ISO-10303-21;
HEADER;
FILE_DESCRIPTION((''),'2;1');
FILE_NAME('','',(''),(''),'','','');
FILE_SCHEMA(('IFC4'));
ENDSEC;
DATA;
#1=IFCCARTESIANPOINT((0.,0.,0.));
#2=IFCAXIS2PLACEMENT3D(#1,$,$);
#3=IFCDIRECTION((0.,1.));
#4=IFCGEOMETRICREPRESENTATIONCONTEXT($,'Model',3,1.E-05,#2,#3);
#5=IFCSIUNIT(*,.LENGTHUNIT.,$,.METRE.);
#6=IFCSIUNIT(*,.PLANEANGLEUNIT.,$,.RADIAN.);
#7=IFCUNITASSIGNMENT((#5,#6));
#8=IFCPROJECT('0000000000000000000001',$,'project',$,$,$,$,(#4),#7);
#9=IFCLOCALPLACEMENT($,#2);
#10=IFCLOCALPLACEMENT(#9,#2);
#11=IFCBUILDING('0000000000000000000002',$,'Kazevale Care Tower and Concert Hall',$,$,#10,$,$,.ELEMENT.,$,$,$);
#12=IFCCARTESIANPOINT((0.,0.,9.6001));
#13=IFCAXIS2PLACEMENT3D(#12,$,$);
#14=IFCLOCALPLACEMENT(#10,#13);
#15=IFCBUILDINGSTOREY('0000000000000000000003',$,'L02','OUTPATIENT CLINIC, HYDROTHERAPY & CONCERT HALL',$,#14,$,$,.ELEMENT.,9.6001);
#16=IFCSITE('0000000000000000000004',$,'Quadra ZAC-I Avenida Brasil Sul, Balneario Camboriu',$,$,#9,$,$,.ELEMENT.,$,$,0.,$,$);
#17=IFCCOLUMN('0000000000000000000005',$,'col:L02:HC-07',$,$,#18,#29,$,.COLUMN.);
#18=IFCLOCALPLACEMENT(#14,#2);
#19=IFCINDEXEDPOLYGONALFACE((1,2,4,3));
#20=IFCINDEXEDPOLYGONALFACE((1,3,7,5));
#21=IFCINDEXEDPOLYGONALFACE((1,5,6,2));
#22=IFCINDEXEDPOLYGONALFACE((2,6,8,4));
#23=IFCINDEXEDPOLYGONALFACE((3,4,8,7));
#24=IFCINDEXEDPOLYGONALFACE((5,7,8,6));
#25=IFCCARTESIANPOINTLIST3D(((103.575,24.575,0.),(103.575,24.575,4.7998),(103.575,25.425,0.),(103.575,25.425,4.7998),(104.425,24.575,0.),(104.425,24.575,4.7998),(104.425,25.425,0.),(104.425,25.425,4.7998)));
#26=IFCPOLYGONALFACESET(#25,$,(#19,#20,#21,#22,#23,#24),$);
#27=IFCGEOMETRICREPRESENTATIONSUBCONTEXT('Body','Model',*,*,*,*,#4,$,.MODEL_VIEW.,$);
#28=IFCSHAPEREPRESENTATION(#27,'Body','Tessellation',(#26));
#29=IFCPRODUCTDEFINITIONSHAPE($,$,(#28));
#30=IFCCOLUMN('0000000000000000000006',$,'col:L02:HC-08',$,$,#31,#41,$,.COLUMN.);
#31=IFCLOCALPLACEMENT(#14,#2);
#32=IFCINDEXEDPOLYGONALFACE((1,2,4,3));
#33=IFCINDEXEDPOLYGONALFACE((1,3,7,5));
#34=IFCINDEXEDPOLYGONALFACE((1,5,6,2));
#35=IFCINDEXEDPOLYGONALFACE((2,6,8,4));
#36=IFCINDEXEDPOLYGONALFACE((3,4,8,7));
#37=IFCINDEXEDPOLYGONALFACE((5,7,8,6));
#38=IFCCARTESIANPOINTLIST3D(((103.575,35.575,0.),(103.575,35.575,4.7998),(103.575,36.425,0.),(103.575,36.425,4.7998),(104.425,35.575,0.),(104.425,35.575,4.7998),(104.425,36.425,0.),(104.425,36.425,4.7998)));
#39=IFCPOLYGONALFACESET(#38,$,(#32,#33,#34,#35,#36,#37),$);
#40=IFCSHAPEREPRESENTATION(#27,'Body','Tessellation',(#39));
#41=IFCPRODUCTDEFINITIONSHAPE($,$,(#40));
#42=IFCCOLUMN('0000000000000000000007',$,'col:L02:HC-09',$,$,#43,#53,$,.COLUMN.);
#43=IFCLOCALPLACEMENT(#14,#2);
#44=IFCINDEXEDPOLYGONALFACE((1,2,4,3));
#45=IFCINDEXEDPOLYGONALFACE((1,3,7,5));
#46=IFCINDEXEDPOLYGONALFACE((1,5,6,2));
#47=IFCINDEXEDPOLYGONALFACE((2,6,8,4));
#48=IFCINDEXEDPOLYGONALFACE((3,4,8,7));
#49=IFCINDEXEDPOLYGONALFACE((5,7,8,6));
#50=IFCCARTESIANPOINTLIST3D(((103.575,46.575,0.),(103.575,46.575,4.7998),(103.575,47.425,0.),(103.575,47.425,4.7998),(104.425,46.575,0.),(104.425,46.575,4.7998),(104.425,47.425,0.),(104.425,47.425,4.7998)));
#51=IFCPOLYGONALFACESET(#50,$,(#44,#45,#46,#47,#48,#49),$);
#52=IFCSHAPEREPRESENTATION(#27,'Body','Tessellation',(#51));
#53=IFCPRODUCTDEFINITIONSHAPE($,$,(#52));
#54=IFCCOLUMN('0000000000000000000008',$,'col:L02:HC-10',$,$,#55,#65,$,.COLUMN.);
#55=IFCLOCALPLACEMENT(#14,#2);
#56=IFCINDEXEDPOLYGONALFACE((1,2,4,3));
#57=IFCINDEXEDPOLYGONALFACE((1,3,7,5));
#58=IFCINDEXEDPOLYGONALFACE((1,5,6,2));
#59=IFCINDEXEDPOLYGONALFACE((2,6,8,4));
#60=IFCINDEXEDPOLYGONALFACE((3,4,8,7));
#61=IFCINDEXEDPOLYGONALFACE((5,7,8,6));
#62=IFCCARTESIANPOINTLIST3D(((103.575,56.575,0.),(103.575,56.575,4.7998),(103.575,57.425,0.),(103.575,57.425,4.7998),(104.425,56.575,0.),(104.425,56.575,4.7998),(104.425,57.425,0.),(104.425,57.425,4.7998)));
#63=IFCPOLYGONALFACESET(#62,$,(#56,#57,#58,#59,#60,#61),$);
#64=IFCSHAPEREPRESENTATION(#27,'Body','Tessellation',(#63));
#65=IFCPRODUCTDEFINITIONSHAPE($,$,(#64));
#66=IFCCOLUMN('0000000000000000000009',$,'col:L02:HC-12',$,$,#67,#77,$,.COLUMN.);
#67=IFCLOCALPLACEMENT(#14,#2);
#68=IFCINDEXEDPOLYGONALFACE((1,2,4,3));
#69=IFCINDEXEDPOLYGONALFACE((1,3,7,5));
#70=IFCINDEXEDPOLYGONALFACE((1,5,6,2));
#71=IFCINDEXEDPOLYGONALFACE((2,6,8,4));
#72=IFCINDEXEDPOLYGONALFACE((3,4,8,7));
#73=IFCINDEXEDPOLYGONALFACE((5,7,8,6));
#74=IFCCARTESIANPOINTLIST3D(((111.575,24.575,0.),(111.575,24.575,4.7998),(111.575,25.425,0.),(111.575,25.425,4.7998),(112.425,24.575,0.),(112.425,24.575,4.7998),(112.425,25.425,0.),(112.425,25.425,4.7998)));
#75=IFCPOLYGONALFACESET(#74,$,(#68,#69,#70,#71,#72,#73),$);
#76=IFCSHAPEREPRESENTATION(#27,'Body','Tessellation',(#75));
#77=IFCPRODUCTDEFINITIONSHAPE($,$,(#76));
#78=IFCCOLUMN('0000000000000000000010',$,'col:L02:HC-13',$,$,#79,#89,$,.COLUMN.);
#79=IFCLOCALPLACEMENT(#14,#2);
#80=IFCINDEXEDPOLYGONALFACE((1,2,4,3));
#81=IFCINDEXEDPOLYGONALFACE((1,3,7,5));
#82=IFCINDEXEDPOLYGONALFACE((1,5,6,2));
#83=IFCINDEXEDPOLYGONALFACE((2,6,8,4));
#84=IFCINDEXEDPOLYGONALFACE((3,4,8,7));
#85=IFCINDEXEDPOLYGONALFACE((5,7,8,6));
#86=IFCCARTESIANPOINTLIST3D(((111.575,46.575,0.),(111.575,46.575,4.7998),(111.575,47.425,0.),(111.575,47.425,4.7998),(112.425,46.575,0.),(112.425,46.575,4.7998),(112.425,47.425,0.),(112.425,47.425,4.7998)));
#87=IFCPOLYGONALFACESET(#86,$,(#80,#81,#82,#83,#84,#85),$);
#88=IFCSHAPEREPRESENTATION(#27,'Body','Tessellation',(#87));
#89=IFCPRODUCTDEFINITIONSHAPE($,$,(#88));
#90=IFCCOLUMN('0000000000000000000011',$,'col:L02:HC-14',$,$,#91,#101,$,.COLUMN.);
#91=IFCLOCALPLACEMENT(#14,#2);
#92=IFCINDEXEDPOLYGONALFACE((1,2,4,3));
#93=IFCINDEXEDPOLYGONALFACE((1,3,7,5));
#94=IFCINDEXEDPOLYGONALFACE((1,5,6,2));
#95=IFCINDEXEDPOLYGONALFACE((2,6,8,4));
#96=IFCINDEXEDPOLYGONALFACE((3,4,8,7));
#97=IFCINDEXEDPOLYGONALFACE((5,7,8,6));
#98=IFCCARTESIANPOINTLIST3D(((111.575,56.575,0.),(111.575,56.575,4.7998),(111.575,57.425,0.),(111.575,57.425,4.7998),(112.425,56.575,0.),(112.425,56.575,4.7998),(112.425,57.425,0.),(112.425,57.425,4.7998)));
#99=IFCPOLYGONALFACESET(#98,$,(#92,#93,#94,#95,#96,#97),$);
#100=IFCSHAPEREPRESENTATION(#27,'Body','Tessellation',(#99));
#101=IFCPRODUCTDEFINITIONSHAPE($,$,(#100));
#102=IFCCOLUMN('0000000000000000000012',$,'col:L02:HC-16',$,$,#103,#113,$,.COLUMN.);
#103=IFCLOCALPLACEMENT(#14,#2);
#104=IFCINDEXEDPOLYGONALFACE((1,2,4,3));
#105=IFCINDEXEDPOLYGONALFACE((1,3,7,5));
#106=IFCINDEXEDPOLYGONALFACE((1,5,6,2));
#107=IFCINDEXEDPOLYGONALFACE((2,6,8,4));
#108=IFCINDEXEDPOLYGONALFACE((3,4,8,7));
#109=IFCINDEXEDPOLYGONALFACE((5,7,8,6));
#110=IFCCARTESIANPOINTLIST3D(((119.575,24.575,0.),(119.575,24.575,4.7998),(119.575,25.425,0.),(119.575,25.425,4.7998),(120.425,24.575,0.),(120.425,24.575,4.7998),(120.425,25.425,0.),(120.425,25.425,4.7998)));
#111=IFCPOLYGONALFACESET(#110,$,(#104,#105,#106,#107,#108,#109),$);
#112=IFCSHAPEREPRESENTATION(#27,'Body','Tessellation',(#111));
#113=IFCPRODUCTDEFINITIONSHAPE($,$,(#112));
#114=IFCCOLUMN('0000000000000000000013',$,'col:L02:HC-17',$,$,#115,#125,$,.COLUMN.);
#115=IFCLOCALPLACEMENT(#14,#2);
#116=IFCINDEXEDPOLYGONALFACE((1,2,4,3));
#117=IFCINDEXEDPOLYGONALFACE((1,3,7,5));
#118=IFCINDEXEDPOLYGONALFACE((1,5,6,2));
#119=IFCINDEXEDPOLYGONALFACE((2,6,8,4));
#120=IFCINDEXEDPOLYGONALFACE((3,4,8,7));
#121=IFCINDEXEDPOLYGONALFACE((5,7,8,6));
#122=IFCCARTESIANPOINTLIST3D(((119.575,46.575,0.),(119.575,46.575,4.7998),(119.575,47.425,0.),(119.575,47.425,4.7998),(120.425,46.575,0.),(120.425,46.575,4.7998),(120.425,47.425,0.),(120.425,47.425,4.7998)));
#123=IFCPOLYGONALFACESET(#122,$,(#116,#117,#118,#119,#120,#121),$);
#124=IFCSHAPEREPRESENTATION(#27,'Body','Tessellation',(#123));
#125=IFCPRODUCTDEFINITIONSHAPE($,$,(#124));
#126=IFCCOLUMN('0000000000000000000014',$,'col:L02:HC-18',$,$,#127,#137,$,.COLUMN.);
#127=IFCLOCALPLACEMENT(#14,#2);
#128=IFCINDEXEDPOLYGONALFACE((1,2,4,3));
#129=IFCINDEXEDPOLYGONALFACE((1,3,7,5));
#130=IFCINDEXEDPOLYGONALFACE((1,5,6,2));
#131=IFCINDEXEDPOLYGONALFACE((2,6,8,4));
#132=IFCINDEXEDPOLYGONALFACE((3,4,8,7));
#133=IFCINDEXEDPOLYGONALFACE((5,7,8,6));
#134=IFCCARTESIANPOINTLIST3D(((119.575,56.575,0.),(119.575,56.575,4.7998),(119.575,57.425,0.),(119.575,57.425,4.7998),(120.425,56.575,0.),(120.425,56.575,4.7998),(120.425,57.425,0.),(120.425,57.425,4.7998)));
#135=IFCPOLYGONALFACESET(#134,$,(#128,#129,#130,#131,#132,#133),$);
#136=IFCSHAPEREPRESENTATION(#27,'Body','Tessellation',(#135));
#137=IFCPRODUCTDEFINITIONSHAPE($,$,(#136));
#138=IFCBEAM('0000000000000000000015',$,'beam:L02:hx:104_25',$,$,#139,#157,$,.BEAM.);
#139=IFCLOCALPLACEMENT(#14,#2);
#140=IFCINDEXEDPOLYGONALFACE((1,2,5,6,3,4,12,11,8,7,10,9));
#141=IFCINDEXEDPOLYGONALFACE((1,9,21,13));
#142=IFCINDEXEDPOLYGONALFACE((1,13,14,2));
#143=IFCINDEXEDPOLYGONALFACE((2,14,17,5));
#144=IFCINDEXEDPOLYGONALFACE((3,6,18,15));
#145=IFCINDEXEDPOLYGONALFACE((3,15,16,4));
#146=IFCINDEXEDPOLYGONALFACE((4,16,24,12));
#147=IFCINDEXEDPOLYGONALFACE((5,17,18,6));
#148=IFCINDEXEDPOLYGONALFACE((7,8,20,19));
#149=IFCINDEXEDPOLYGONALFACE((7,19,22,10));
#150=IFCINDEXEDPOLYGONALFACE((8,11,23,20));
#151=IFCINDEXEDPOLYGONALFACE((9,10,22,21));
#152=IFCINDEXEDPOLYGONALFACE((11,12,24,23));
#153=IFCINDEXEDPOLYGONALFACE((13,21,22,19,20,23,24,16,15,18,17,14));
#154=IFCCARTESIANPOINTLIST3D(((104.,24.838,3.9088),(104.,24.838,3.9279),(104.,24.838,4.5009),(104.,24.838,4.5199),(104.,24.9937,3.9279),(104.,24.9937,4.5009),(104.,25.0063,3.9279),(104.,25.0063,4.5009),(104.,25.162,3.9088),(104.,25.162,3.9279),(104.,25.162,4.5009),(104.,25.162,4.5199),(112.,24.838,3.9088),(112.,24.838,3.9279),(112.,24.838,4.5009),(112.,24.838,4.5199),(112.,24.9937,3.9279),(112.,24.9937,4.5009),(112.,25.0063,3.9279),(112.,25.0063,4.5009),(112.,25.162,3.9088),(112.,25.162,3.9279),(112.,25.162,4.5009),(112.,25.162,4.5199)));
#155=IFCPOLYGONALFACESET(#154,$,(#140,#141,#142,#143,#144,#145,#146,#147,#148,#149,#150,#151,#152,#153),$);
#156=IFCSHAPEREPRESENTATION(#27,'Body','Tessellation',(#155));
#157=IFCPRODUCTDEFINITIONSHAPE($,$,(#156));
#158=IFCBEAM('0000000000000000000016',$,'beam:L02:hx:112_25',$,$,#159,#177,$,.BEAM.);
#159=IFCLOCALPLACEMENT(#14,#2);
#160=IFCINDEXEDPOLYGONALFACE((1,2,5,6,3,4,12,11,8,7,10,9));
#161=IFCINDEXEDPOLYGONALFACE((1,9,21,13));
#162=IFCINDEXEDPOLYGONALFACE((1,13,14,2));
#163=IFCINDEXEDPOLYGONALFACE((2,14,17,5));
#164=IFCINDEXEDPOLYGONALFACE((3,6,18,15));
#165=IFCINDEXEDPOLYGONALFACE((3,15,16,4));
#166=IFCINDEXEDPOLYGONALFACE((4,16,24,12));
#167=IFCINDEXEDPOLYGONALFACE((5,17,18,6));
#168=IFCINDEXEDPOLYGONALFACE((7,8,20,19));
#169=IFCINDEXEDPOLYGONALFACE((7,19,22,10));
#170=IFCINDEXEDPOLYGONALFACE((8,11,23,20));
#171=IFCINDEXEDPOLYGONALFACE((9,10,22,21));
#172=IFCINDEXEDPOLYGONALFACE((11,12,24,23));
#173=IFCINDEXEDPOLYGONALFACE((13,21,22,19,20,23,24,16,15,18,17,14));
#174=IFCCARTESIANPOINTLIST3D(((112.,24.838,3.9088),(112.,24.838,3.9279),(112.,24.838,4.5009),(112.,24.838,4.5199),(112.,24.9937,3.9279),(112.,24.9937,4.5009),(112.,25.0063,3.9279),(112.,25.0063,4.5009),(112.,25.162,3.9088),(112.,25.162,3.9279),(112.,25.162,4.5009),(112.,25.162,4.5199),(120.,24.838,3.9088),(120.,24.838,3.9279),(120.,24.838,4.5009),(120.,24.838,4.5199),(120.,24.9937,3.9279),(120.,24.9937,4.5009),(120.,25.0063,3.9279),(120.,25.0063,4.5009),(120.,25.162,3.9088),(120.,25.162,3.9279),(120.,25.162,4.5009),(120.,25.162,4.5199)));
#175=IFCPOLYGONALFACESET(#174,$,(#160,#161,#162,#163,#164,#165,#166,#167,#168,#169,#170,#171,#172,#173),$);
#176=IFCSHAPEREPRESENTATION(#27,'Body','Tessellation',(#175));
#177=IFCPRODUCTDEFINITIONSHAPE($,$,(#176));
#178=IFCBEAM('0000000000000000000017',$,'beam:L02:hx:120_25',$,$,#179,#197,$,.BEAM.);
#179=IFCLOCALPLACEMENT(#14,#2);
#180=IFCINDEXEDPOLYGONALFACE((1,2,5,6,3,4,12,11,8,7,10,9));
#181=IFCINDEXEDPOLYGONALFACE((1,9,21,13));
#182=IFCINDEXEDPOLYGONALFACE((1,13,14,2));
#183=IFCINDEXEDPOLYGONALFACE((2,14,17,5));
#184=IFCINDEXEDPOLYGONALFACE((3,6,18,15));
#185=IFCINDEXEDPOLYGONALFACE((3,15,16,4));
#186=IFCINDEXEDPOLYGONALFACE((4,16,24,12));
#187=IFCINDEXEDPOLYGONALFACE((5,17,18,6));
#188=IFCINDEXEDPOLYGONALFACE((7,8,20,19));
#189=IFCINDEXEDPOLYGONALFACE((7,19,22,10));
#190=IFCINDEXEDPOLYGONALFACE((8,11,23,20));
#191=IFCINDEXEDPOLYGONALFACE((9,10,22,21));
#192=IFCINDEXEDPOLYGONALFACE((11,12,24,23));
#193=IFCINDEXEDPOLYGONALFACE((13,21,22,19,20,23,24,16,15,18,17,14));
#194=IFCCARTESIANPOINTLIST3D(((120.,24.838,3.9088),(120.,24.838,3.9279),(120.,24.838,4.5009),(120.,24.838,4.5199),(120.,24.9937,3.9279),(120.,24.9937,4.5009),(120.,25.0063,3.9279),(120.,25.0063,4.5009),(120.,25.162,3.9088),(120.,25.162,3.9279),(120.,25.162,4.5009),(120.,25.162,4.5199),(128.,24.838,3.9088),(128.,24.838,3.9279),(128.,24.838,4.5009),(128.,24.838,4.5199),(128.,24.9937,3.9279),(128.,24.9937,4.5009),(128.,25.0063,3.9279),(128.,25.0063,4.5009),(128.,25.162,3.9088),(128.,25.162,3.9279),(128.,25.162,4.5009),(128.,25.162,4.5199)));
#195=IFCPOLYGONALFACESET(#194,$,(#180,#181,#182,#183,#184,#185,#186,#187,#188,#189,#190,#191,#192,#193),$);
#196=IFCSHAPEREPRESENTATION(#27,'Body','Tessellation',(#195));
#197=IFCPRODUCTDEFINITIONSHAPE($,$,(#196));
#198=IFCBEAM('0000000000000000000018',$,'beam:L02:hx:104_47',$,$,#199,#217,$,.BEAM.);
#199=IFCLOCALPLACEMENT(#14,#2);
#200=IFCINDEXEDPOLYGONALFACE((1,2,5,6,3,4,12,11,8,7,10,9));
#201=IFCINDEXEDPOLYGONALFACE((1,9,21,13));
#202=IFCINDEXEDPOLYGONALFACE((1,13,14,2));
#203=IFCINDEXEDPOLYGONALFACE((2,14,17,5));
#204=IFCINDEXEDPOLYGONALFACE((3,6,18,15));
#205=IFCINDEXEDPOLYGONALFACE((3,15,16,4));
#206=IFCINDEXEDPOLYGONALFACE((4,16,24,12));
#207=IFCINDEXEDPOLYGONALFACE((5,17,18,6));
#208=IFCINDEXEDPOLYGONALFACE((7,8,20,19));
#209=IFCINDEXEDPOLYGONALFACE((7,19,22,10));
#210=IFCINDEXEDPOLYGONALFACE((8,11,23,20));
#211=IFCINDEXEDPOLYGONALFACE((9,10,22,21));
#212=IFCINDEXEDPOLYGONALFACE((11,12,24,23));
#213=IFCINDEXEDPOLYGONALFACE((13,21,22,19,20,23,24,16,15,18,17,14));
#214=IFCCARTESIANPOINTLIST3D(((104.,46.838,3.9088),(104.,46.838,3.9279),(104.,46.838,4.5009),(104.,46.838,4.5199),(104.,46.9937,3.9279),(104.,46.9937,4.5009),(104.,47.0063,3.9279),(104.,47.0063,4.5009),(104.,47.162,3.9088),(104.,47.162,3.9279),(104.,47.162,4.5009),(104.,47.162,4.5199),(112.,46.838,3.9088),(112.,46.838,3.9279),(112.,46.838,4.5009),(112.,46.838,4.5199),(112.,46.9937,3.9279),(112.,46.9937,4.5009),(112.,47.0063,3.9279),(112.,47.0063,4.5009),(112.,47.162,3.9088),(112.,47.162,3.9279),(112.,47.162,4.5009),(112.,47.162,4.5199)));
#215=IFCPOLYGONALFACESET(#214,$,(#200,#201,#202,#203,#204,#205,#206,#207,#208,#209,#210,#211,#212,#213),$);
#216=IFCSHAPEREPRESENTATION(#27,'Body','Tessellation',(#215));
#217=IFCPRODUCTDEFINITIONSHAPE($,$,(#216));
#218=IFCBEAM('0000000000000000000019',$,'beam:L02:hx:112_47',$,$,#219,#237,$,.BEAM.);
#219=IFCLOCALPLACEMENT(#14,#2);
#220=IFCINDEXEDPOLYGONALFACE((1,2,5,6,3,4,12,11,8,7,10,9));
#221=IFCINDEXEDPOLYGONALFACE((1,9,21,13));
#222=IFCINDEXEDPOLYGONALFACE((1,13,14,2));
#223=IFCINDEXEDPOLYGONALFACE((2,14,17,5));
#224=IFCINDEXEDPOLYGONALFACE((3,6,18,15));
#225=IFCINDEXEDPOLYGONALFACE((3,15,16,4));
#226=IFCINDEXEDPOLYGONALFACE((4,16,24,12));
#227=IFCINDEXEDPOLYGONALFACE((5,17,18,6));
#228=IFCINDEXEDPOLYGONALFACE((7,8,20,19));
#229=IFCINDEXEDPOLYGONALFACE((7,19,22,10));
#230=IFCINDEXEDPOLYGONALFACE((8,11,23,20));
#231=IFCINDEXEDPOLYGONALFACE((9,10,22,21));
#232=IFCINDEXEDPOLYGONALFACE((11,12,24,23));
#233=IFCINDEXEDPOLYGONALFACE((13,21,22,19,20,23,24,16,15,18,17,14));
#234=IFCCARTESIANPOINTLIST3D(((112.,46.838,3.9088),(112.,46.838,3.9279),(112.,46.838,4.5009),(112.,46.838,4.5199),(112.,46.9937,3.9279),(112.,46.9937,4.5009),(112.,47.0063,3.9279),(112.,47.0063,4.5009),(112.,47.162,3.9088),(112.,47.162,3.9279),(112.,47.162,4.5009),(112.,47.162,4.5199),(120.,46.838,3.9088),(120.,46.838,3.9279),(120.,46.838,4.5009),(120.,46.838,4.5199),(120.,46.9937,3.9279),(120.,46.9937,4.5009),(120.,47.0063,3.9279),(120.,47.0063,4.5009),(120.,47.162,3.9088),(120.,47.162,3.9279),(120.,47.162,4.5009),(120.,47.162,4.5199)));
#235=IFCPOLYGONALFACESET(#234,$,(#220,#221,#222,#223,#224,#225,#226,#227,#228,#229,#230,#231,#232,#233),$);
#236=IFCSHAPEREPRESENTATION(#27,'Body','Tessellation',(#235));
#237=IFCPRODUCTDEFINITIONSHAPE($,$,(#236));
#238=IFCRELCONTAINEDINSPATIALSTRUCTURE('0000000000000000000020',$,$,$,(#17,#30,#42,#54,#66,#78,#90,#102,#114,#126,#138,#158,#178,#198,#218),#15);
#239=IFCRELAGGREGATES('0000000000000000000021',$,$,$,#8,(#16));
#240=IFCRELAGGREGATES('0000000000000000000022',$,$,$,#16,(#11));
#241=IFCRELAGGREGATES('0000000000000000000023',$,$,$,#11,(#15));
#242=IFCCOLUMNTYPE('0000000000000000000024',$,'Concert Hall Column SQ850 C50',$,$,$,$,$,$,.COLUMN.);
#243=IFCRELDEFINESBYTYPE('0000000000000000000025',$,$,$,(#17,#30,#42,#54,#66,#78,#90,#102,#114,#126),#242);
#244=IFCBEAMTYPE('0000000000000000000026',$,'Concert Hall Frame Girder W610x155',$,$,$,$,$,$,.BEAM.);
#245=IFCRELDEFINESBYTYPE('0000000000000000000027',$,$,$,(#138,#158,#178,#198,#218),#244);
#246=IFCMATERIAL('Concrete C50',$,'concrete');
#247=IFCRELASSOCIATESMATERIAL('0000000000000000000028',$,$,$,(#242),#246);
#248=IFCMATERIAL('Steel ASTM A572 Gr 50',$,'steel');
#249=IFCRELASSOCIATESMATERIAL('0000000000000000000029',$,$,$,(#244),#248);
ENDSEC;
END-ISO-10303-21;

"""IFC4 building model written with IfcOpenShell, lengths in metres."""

from ifc_helpers import new_model, si_unit, direction, frame, origin, origin_2d, place, context, subcontext, project, spatial, rectangle, i_section, extrude, material, material_profile, profile_set, type_object, element, save


model = new_model("IFC4")

# Units and contexts
model_context = context("Model", 3, precision=1e-05, world=origin(), true_north=direction((0.0, 1.0)))
body_context = subcontext(model_context, "Body", "Model", "MODEL_VIEW")
ifc_project = project(units=[si_unit("LENGTHUNIT", "METRE"), si_unit("PLANEANGLEUNIT", "RADIAN")], contexts=[model_context])

# Site, building, storey
site_placement = place(None, origin())
site = spatial("IfcSite", under=ifc_project, at=site_placement, Name="Quadra ZAC-I Avenida Brasil Sul, Balneario Camboriu", CompositionType="ELEMENT", RefElevation=0.0)
building_placement = place(site_placement, origin())
building = spatial("IfcBuilding", under=site, at=building_placement, Name="Kazevale Care Tower and Concert Hall", CompositionType="ELEMENT")
storey_placement = place(building_placement, frame((0.0, 0.0, 9.6001)))
storey = spatial("IfcBuildingStorey", under=building, at=storey_placement, Name="L02", Description="OUTPATIENT CLINIC, HYDROTHERAPY & CONCERT HALL", CompositionType="ELEMENT", Elevation=9.6001)

# Columns
ifc_material_1 = material(Name="Concrete C50", Category="concrete")
ifc_material_profile_1 = material_profile(ifc_material_1, rectangle(XDim=0.8501, YDim=0.8501, at=origin_2d()), Name="RC-SQ850")
ifc_profile_set_1 = profile_set([ifc_material_profile_1], Name="Concrete C50")
column_type = type_object("IfcColumnType", Name="Concert Hall Column SQ850 C50", PredefinedType="COLUMN", material=ifc_profile_set_1)
for number, where, z_axis, x_axis, name in (
    (1, (104.0, 25.0, 0.0), (0.0, 0.0, 1.0), (1.0, 0.0, 0.0), "col:L02:HC-07"),
    (2, (104.0, 36.0, 0.0), (0.0, 0.0, 1.0), (1.0, 0.0, 0.0), "col:L02:HC-08"),
    (3, (104.0, 47.0, 0.0), (0.0, 0.0, 1.0), (1.0, 0.0, 0.0), "col:L02:HC-09"),
    (4, (104.0, 57.0, 0.0), (0.0, 0.0, 1.0), (1.0, 0.0, 0.0), "col:L02:HC-10"),
    (5, (112.0, 25.0, 0.0), (0.0, 0.0, 1.0), (1.0, 0.0, 0.0), "col:L02:HC-12"),
    (6, (112.0, 47.0, 0.0), (0.0, 0.0, 1.0), (1.0, 0.0, 0.0), "col:L02:HC-13"),
    (7, (112.0, 57.0, 0.0), (0.0, 0.0, 1.0), (1.0, 0.0, 0.0), "col:L02:HC-14"),
    (8, (120.0, 25.0, 0.0), (0.0, 0.0, 1.0), (1.0, 0.0, 0.0), "col:L02:HC-16"),
    (9, (120.0, 47.0, 0.0), (0.0, 0.0, 1.0), (1.0, 0.0, 0.0), "col:L02:HC-17"),
    (10, (120.0, 57.0, 0.0), (0.0, 0.0, 1.0), (1.0, 0.0, 0.0), "col:L02:HC-18"),
):
    element("IfcColumn", number, at=place(storey_placement, frame(where, z_axis=z_axis, x_axis=x_axis)), inside=storey, type_object=column_type, Name=name, PredefinedType="COLUMN", context=body_context, shape_type="SweptSolid", body=[
        extrude(rectangle(XDim=0.8501, YDim=0.8501, at=origin_2d()), origin(), (0.0, 0.0, 1.0), 4.7998),
    ])

# Beams
ifc_material_2 = material(Name="Steel ASTM A572 Gr 50", Category="steel")
ifc_material_profile_2 = material_profile(ifc_material_2, i_section(OverallWidth=0.324, OverallDepth=0.6111, WebThickness=0.0127, FlangeThickness=0.019, at=origin_2d()), Name="W610x155")
ifc_profile_set_2 = profile_set([ifc_material_profile_2], Name="Steel ASTM A572 Gr 50")
beam_type_1 = type_object("IfcBeamType", Name="Concert Hall Frame Girder W610x155", PredefinedType="BEAM", material=ifc_profile_set_2)
for number, where, z_axis, x_axis, name in (
    (11, (104.0, 25.0, 4.2144), (1.0, 0.0, 0.0), (0.0, 1.0, 0.0), "beam:L02:hx:104_25"),
    (12, (112.0, 25.0, 4.2144), (1.0, 0.0, 0.0), (0.0, 1.0, 0.0), "beam:L02:hx:112_25"),
    (13, (120.0, 25.0, 4.2144), (1.0, 0.0, 0.0), (0.0, 1.0, 0.0), "beam:L02:hx:120_25"),
    (14, (104.0, 47.0, 4.2144), (1.0, 0.0, 0.0), (0.0, 1.0, 0.0), "beam:L02:hx:104_47"),
    (15, (112.0, 47.0, 4.2144), (1.0, 0.0, 0.0), (0.0, 1.0, 0.0), "beam:L02:hx:112_47"),
):
    element("IfcBeam", number, at=place(storey_placement, frame(where, z_axis=z_axis, x_axis=x_axis)), inside=storey, type_object=beam_type_1, Name=name, PredefinedType="BEAM", context=body_context, shape_type="SweptSolid", body=[
        extrude(i_section(OverallWidth=0.324, OverallDepth=0.6111, WebThickness=0.0127, FlangeThickness=0.019, at=origin_2d()), origin(), (0.0, 0.0, 1.0), 8.0),
    ])

save(model, "model.ifc")
